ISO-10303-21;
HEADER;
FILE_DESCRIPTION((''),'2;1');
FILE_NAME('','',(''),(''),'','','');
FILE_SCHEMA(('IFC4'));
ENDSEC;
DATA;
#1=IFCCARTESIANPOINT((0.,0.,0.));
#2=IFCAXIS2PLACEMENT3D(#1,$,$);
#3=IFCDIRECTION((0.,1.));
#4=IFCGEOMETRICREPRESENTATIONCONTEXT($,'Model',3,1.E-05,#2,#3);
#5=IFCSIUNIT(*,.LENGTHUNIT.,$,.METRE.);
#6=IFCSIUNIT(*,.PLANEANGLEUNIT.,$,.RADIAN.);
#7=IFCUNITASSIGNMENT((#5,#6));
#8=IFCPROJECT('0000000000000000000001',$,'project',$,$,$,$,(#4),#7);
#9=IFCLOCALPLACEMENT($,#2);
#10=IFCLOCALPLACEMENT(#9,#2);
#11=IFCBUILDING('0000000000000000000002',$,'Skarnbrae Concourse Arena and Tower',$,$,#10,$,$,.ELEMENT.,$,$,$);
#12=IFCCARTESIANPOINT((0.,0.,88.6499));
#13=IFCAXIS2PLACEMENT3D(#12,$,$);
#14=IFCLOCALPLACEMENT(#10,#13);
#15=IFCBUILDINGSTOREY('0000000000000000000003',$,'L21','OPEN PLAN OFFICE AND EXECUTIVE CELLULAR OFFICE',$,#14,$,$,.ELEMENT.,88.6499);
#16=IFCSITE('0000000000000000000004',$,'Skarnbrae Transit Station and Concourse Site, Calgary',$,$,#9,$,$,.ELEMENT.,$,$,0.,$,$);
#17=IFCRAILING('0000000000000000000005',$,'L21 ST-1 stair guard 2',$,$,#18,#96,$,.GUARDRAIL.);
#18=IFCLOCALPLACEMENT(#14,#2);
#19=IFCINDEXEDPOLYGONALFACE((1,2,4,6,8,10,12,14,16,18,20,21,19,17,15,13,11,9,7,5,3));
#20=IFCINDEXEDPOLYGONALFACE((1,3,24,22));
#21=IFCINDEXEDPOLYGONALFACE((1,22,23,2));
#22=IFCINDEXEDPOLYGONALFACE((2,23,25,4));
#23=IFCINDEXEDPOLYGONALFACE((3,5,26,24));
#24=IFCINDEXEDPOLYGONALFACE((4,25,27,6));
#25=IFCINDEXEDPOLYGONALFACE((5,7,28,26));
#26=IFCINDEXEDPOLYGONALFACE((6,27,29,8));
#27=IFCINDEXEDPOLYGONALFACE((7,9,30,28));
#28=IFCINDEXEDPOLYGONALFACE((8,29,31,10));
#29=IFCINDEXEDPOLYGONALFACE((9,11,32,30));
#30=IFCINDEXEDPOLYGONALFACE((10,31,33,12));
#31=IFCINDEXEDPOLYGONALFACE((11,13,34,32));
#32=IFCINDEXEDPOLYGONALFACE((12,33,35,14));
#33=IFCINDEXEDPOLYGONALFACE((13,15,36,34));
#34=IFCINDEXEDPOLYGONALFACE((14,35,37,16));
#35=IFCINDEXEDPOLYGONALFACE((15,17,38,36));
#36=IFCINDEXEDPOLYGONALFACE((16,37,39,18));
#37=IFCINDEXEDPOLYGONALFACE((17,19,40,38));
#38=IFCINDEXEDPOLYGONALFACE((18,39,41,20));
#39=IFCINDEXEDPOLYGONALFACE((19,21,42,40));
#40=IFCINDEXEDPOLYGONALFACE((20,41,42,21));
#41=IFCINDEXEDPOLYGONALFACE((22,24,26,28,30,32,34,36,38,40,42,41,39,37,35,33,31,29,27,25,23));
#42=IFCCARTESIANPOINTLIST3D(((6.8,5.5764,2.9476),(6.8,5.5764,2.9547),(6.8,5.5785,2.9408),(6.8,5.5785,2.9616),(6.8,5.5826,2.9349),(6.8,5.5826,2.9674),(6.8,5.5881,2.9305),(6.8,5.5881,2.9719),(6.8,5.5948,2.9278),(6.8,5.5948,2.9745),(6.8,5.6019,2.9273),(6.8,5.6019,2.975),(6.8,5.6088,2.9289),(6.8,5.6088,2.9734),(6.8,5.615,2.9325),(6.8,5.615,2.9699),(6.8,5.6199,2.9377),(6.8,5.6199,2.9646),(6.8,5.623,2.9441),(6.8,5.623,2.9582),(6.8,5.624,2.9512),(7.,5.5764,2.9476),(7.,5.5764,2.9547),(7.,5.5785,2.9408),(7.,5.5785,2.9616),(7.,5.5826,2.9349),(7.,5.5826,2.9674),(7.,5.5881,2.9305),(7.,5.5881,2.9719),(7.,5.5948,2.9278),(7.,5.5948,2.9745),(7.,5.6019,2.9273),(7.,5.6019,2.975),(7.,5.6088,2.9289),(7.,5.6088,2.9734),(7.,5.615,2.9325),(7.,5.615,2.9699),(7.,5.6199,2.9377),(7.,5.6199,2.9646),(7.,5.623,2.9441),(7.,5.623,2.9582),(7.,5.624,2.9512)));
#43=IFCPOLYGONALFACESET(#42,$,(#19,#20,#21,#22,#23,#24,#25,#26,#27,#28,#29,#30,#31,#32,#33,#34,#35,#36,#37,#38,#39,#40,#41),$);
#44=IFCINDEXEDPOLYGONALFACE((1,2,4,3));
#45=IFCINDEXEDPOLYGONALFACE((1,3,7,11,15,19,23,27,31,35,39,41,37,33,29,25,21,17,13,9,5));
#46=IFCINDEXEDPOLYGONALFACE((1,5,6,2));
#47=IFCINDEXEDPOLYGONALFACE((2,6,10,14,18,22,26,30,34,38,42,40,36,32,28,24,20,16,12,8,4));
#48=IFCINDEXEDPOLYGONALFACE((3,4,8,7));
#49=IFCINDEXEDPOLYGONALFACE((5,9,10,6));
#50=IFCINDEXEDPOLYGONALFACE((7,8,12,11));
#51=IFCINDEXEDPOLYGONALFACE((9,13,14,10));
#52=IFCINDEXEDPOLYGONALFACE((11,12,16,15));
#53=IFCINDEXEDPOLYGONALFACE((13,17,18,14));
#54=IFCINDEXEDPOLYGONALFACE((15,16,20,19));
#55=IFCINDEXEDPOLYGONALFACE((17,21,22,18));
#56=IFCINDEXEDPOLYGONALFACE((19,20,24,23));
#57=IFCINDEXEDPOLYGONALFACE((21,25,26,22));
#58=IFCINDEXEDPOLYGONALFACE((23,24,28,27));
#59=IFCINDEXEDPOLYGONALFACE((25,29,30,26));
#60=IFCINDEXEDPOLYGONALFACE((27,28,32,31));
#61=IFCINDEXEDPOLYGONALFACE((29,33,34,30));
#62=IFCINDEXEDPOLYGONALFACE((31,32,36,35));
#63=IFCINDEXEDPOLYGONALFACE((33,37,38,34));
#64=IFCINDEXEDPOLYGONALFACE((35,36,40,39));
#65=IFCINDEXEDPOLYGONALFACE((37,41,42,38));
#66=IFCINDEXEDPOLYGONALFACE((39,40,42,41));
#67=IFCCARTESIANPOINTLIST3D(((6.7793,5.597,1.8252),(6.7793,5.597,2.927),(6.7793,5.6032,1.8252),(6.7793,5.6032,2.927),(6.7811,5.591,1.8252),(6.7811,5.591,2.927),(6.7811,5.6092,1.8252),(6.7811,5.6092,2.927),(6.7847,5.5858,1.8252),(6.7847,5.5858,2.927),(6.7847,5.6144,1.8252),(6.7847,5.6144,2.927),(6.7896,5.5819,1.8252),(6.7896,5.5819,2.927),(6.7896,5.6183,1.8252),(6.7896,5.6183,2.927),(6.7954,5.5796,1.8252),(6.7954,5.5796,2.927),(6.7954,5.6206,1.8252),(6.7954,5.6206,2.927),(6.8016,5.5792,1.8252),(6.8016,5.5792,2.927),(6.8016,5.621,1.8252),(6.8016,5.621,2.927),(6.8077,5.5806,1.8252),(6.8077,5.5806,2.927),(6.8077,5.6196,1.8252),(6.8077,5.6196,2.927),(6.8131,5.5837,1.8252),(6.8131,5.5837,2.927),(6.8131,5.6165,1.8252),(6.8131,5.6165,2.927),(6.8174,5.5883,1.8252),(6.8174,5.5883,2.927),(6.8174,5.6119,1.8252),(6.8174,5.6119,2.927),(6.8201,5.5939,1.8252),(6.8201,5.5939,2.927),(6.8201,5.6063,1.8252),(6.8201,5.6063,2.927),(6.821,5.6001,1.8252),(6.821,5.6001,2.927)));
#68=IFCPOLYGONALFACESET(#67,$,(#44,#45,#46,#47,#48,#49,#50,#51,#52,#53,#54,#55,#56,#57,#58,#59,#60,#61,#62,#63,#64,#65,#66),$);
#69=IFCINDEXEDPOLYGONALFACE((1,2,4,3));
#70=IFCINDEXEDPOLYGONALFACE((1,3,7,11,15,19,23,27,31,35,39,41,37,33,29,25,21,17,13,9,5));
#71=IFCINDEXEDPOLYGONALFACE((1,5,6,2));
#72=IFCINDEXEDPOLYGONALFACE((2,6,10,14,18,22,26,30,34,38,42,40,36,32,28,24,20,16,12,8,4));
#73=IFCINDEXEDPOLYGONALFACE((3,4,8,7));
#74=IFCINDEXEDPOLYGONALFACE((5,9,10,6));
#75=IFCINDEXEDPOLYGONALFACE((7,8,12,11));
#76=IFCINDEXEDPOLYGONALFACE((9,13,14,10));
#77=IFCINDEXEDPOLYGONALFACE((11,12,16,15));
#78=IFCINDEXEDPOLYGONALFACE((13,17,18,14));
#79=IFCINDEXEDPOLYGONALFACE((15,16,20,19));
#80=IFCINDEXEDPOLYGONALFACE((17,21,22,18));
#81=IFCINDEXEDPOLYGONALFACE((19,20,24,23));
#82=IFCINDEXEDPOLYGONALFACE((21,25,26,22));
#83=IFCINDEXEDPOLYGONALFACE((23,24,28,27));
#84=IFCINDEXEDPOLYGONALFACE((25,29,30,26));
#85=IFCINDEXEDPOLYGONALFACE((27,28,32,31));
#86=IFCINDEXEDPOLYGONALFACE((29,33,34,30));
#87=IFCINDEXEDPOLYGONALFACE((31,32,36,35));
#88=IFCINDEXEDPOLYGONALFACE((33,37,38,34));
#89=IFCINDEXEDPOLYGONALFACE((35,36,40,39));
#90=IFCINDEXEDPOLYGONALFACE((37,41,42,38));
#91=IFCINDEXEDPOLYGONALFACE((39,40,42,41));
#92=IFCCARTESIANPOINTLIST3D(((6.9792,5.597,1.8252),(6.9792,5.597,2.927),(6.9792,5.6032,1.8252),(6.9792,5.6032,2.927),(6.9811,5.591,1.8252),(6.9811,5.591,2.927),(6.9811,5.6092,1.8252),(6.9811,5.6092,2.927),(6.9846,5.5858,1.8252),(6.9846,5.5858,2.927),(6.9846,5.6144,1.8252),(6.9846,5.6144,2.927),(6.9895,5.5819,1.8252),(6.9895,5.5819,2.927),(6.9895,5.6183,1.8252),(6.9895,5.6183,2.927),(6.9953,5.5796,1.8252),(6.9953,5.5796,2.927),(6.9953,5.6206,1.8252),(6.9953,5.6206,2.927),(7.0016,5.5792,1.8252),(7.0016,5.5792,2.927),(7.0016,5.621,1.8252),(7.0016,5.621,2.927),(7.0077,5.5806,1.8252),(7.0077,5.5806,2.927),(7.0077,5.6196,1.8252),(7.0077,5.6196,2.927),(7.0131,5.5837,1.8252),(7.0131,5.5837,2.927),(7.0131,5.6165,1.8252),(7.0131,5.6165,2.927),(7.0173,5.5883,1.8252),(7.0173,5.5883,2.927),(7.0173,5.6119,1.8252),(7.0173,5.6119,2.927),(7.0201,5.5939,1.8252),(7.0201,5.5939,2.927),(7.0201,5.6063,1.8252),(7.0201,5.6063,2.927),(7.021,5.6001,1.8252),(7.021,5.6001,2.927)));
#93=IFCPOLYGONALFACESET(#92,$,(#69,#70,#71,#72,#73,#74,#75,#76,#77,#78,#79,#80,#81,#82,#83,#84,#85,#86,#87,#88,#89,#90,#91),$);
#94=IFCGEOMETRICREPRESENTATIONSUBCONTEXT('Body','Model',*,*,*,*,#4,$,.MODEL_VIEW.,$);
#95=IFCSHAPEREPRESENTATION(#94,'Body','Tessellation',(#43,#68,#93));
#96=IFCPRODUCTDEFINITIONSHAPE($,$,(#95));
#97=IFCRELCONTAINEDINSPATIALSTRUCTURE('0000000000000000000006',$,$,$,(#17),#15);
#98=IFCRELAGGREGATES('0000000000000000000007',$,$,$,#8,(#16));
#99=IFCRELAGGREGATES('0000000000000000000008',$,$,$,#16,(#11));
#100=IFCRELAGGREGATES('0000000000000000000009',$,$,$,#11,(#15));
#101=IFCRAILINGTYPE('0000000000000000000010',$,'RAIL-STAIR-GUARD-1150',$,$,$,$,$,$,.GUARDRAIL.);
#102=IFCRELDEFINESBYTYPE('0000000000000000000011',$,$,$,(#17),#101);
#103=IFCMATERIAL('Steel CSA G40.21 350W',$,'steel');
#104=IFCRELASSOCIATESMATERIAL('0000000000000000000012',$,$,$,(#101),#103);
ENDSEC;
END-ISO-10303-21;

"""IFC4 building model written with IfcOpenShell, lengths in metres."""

from ifc_helpers import new_model, si_unit, direction, frame, origin, origin_2d, place, context, subcontext, project, spatial, circle, extrude, material, type_object, element, save


model = new_model("IFC4")

# Units and contexts
model_context = context("Model", 3, precision=1e-05, world=origin(), true_north=direction((0.0, 1.0)))
body_context = subcontext(model_context, "Body", "Model", "MODEL_VIEW")
ifc_project = project(units=[si_unit("LENGTHUNIT", "METRE"), si_unit("PLANEANGLEUNIT", "RADIAN")], contexts=[model_context])

# Site, building, storey
site_placement = place(None, origin())
site = spatial("IfcSite", under=ifc_project, at=site_placement, Name="Skarnbrae Transit Station and Concourse Site, Calgary", CompositionType="ELEMENT", RefElevation=0.0)
building_placement = place(site_placement, origin())
building = spatial("IfcBuilding", under=site, at=building_placement, Name="Skarnbrae Concourse Arena and Tower", CompositionType="ELEMENT")
storey_placement = place(building_placement, frame((0.0, 0.0, 88.6499)))
storey = spatial("IfcBuildingStorey", under=building, at=storey_placement, Name="L21", Description="OPEN PLAN OFFICE AND EXECUTIVE CELLULAR OFFICE", CompositionType="ELEMENT", Elevation=88.6499)

# Shared definitions
ifc_material_1 = material(Name="Steel CSA G40.21 350W", Category="steel")

# Railing
railing_type_1 = type_object("IfcRailingType", Name="RAIL-STAIR-GUARD-1150", PredefinedType="GUARDRAIL", material=ifc_material_1)
railing_1_placement = place(storey_placement, frame((6.8, 5.6001, 1.8252)))
element("IfcRailing", 1, at=railing_1_placement, inside=storey, type_object=railing_type_1, Name="L21 ST-1 stair guard 2", PredefinedType="GUARDRAIL", context=body_context, shape_type="SweptSolid", body=[
    extrude(circle(Radius=0.0239, at=origin_2d()), frame((0.0, 0.0, 1.126), z_axis=(1.0, 0.0, 0.0), x_axis=(0.0, 1.0, 0.0)), (0.0, 0.0, 1.0), 0.2),
    extrude(circle(Radius=0.021, at=origin_2d()), origin(), (0.0, 0.0, 1.0), 1.1018),
    extrude(circle(Radius=0.021, at=origin_2d()), frame((0.2, 0.0, 0.0)), (0.0, 0.0, 1.0), 1.1018),
])

save(model, "model.ifc")
